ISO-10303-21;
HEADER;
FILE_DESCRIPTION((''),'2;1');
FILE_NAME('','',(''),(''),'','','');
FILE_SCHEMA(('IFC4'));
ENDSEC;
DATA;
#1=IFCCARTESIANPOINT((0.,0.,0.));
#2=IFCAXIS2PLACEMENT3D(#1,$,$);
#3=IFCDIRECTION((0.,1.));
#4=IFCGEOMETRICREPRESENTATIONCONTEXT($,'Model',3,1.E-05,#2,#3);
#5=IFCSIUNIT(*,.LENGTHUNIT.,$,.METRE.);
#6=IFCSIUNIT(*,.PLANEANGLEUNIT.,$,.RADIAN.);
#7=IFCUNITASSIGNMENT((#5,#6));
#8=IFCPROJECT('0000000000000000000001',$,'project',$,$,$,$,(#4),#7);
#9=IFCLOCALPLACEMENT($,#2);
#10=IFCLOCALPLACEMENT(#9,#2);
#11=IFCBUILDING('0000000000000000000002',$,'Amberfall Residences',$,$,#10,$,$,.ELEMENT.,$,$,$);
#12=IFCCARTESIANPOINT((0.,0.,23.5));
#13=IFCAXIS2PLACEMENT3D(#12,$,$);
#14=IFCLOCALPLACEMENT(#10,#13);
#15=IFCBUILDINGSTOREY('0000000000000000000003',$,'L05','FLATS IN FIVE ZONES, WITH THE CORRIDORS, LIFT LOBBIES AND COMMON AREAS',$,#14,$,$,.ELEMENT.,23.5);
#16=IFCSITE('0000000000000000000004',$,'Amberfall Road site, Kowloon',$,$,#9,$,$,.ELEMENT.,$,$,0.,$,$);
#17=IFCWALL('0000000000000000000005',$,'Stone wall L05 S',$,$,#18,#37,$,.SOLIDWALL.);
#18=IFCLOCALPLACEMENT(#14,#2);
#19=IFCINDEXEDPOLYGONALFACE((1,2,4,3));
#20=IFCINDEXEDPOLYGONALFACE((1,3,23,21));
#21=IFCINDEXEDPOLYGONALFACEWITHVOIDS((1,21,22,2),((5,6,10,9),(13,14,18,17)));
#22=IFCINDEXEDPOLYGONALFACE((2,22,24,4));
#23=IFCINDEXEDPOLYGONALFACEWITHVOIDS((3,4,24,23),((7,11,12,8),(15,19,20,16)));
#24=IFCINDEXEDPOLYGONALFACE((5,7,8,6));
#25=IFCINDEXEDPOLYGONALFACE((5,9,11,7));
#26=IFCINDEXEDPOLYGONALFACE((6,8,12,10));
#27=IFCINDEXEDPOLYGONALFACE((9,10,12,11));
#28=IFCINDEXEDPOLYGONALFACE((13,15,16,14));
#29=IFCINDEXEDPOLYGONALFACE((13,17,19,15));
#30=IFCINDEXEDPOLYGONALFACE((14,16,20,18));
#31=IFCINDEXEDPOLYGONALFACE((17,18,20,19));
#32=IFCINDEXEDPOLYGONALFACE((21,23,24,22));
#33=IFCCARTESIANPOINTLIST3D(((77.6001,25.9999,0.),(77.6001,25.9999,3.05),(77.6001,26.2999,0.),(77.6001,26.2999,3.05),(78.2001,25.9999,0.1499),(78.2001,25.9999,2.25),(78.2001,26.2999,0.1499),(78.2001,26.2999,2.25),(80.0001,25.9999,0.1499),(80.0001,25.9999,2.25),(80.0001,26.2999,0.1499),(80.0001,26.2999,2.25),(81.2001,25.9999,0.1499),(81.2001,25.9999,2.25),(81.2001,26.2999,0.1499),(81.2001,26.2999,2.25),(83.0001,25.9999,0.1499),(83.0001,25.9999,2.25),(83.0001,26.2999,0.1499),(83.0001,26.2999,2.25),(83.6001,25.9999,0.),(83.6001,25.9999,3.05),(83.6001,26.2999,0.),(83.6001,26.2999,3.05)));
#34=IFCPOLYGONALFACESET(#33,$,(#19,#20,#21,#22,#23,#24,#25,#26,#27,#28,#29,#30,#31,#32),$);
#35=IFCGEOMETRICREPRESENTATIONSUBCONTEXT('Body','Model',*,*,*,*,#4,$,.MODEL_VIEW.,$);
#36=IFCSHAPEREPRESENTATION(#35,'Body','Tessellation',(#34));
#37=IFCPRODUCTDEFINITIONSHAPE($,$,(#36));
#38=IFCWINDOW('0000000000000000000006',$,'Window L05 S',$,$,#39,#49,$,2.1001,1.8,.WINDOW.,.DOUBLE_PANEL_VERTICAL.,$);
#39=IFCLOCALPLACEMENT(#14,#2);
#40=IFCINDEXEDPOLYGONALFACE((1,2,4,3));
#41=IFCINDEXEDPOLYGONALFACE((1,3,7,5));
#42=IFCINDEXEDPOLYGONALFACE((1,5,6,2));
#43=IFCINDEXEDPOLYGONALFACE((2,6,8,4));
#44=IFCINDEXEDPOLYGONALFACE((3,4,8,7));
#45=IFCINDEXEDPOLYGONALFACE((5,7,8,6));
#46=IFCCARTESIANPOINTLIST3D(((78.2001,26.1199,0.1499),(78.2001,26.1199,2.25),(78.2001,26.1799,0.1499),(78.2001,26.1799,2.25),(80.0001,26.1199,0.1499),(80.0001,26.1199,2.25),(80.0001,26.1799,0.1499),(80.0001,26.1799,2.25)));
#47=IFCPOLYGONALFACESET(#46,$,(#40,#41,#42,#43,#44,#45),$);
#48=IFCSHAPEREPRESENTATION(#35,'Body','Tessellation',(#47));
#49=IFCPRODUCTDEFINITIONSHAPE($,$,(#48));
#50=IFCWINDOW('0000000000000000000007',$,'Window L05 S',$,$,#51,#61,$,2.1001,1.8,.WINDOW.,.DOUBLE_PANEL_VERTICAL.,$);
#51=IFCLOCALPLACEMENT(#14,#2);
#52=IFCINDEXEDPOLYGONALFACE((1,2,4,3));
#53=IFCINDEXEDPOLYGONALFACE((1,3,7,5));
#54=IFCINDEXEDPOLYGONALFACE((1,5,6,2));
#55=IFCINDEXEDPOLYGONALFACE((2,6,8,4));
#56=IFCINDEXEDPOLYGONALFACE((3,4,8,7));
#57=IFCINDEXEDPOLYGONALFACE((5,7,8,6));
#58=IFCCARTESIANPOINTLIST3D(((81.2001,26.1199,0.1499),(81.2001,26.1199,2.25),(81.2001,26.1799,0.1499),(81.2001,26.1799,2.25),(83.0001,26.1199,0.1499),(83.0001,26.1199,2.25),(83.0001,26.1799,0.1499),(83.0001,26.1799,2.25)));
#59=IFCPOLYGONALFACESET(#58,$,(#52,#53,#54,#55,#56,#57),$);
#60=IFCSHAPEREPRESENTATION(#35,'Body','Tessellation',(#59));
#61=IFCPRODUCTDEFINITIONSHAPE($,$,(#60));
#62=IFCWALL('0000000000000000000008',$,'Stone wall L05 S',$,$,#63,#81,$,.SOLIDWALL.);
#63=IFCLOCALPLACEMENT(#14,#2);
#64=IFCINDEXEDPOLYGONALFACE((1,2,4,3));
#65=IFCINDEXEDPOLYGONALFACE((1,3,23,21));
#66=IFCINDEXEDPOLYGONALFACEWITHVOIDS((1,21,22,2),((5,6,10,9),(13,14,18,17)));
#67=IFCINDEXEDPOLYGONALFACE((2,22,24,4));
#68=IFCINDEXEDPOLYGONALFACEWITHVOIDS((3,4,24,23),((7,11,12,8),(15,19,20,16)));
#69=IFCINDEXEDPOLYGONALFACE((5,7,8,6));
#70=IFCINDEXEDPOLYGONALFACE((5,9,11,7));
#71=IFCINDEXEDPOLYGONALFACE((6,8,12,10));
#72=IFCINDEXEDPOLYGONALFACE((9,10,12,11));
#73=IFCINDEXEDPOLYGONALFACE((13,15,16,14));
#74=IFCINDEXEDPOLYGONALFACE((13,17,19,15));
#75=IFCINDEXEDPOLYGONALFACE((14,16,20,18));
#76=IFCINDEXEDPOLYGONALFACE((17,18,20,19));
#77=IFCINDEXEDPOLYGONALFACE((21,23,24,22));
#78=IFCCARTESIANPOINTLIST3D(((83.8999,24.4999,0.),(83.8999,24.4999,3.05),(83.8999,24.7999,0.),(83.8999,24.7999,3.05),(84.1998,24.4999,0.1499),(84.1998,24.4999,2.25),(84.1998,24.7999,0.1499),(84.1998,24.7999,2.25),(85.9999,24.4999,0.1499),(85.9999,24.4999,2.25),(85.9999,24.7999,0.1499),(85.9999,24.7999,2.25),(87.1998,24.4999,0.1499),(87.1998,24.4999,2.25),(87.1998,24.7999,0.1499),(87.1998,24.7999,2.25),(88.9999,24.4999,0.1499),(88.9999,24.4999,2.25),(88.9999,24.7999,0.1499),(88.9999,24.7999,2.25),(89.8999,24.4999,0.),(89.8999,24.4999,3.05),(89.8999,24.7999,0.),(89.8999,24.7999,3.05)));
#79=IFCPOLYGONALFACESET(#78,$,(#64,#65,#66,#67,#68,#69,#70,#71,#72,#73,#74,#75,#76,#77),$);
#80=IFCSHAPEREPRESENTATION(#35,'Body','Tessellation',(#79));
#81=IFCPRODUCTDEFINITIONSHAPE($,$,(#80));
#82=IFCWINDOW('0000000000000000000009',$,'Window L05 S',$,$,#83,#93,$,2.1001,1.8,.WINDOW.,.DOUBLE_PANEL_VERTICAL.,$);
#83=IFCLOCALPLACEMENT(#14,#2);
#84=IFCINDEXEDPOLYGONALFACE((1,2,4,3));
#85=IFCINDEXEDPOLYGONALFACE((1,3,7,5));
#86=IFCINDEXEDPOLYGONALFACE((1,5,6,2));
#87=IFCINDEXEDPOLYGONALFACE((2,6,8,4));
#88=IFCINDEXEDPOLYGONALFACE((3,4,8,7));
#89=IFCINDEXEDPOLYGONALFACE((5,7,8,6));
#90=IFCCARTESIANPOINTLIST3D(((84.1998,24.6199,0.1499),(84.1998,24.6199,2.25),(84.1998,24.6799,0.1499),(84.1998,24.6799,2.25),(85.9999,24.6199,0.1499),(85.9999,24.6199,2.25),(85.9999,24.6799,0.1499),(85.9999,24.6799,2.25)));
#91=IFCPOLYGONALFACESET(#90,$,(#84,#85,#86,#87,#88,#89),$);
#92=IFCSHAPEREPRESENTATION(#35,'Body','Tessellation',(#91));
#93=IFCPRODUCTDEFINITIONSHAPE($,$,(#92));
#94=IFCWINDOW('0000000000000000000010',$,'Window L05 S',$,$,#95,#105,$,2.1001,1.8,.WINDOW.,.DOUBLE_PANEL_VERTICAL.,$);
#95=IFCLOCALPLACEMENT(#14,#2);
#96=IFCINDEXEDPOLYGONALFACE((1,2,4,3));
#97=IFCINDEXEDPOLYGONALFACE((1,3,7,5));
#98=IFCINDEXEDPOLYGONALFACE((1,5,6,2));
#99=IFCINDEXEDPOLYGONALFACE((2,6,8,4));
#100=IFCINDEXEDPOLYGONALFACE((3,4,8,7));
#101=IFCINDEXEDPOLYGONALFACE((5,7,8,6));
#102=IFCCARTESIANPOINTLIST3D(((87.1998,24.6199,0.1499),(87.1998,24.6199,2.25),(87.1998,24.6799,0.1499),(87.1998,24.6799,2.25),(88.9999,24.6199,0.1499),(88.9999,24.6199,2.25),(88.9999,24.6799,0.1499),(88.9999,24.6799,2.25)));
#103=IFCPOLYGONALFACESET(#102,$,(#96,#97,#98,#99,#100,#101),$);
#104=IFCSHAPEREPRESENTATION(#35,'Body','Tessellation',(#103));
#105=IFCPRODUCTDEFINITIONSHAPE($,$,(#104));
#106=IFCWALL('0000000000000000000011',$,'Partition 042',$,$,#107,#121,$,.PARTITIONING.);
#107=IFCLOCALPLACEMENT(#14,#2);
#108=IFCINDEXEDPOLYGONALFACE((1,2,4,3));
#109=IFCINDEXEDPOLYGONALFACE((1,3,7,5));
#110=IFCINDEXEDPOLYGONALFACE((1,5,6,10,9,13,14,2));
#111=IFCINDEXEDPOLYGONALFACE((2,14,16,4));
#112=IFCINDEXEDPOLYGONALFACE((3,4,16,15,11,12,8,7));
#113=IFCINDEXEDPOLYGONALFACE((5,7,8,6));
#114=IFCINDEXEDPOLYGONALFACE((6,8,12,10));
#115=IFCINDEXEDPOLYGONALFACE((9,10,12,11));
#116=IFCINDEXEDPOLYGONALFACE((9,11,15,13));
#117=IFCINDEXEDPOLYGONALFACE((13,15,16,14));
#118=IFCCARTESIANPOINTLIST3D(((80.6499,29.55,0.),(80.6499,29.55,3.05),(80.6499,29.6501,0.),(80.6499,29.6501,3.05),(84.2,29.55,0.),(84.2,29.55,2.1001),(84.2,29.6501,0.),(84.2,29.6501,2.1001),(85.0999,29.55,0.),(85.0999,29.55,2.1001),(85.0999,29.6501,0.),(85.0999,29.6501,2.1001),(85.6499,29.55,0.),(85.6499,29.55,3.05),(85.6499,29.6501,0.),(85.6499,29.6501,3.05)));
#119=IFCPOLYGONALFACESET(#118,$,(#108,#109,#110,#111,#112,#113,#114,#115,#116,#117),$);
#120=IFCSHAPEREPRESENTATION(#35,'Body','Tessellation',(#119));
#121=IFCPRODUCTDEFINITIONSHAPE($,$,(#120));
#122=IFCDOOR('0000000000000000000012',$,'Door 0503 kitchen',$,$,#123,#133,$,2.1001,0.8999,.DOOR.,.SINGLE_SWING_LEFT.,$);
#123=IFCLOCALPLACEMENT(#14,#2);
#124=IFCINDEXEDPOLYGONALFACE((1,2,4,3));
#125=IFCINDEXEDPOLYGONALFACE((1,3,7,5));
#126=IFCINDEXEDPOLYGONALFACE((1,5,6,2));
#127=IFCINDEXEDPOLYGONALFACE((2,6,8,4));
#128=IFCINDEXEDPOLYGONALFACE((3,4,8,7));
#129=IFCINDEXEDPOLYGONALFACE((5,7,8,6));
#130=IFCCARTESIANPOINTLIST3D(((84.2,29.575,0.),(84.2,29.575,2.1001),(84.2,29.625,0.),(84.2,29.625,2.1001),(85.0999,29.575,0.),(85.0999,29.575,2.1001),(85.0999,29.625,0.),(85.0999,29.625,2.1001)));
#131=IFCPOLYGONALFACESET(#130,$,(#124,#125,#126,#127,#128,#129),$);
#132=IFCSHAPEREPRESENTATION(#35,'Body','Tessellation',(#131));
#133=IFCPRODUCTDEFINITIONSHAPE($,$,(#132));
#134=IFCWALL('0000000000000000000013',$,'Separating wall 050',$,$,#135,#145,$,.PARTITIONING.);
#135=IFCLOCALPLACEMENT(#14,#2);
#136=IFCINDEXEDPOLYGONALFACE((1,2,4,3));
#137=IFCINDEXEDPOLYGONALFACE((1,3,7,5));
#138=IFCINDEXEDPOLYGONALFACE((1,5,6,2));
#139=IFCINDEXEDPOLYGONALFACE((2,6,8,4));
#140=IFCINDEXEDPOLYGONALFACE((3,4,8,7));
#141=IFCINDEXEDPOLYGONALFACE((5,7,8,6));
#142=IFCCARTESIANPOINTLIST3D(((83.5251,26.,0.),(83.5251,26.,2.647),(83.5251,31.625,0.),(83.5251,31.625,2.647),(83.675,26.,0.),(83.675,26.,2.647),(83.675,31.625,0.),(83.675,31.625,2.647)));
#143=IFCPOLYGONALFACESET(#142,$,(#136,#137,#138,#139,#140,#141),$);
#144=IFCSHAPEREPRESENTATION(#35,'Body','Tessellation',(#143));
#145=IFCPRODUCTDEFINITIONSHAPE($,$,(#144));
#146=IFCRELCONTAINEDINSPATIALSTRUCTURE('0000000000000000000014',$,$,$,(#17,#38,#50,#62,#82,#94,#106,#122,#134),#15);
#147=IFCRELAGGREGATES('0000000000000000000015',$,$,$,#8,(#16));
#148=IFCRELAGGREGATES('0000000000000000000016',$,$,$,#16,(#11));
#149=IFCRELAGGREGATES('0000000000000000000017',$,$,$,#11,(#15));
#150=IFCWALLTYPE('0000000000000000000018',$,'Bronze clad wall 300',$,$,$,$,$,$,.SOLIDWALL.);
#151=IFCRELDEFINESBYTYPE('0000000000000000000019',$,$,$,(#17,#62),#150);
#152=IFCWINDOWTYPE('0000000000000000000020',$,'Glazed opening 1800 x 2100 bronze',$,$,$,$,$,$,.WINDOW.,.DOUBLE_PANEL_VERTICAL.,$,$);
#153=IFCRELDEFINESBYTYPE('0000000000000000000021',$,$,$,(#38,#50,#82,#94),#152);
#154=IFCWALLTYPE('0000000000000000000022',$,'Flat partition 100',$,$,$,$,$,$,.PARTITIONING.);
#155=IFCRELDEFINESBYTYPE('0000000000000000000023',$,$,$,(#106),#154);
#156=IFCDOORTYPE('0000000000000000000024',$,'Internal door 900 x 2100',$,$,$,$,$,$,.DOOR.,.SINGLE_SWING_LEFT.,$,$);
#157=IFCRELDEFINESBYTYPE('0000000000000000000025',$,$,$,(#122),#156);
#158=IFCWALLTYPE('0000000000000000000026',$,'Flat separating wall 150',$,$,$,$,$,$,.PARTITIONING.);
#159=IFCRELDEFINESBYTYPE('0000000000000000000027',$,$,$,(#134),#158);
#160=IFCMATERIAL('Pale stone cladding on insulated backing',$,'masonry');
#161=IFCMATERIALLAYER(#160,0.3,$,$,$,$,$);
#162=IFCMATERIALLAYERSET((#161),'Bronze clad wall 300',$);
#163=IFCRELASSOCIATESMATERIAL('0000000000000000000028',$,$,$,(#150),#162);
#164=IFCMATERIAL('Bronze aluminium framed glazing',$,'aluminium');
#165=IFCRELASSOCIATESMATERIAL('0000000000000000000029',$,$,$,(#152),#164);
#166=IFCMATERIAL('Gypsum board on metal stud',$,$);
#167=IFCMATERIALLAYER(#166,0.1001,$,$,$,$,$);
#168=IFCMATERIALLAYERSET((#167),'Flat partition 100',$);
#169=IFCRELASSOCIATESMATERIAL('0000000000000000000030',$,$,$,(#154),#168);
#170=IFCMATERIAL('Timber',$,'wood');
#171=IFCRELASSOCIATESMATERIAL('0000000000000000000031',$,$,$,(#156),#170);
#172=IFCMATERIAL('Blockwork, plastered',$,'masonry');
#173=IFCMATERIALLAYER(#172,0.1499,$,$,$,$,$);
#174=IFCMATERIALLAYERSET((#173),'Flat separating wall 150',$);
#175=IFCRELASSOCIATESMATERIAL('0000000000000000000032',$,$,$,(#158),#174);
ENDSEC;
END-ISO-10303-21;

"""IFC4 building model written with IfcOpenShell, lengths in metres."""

from ifc_helpers import new_model, si_unit, direction, frame, frame_2d, origin, place, context, subcontext, project, spatial, rectangle, extrude, material, layer, layer_set, type_object, element, fill, save


model = new_model("IFC4")

# Units and contexts
model_context = context("Model", 3, precision=1e-05, world=origin(), true_north=direction((0.0, 1.0)))
body_context = subcontext(model_context, "Body", "Model", "MODEL_VIEW")
ifc_project = project(units=[si_unit("LENGTHUNIT", "METRE"), si_unit("PLANEANGLEUNIT", "RADIAN")], contexts=[model_context])

# Site, building, storey
site_placement = place(None, origin())
site = spatial("IfcSite", under=ifc_project, at=site_placement, Name="Amberfall Road site, Kowloon", CompositionType="ELEMENT", RefElevation=0.0)
building_placement = place(site_placement, origin())
building = spatial("IfcBuilding", under=site, at=building_placement, Name="Amberfall Residences", CompositionType="ELEMENT")
storey_placement = place(building_placement, frame((0.0, 0.0, 23.5)))
storey = spatial("IfcBuildingStorey", under=building, at=storey_placement, Name="L05", Description="FLATS IN FIVE ZONES, WITH THE CORRIDORS, LIFT LOBBIES AND COMMON AREAS", CompositionType="ELEMENT", Elevation=23.5)

# Shared definitions
ifc_material_1 = material(Name="Pale stone cladding on insulated backing", Category="masonry")
ifc_layer_1 = layer(ifc_material_1, 0.3)
ifc_layer_set_1 = layer_set([ifc_layer_1], Name="Bronze clad wall 300")
wall_type_1 = type_object("IfcWallType", Name="Bronze clad wall 300", PredefinedType="SOLIDWALL", material=ifc_layer_set_1)
ifc_material_2 = material(Name="Bronze aluminium framed glazing", Category="aluminium")

# Walls, openings, windows
wall_1_placement = place(storey_placement, frame((77.6001, 26.1499, 0.0), z_axis=(0.0, 0.0, 1.0), x_axis=(1.0, 0.0, 0.0)))
wall_1 = element("IfcWall", 1, at=wall_1_placement, inside=storey, type_object=wall_type_1, Name="Stone wall L05 S", PredefinedType="SOLIDWALL", context=body_context, shape_type="SweptSolid", body=[
    extrude(rectangle(XDim=6.0, YDim=0.3, at=frame_2d((3.0, 0.0))), origin(), (0.0, 0.0, 1.0), 3.05),
])
opening_1_placement = place(wall_1_placement, frame((0.6001, 0.0, 0.1499)))
opening_1 = element("IfcOpeningElement", 2, at=opening_1_placement, cuts=wall_1, PredefinedType="OPENING", context=body_context, shape_type="SweptSolid", body=[
    extrude(rectangle(XDim=1.8, YDim=2.1001, at=frame_2d((0.8999, 1.05))), frame((0.0, 0.1599, 0.0), z_axis=(0.0, -1.0, 0.0), x_axis=(1.0, 0.0, 0.0)), (0.0, 0.0, 1.0), 0.3201),
])
opening_2_placement = place(wall_1_placement, frame((3.6001, 0.0, 0.1499)))
opening_2 = element("IfcOpeningElement", 3, at=opening_2_placement, cuts=wall_1, PredefinedType="OPENING", context=body_context, shape_type="SweptSolid", body=[
    extrude(rectangle(XDim=1.8, YDim=2.1001, at=frame_2d((0.8999, 1.05))), frame((0.0, 0.1599, 0.0), z_axis=(0.0, -1.0, 0.0), x_axis=(1.0, 0.0, 0.0)), (0.0, 0.0, 1.0), 0.3201),
])
window_type_1 = type_object("IfcWindowType", Name="Glazed opening 1800 x 2100 bronze", PartitioningType="DOUBLE_PANEL_VERTICAL", PredefinedType="WINDOW", material=ifc_material_2)
window_1_placement = place(opening_1_placement, origin())
window_1 = element("IfcWindow", 4, at=window_1_placement, inside=storey, type_object=window_type_1, Name="Window L05 S", OverallHeight=2.1001, OverallWidth=1.8, PartitioningType="DOUBLE_PANEL_VERTICAL", PredefinedType="WINDOW", context=body_context, shape_type="SweptSolid", body=[
    extrude(rectangle(XDim=1.8, YDim=2.1001, at=frame_2d((0.8999, 1.05))), frame((0.0, 0.03, 0.0), z_axis=(0.0, -1.0, 0.0), x_axis=(1.0, 0.0, 0.0)), (0.0, 0.0, 1.0), 0.0601),
])
fill(opening_1, window_1)
window_2_placement = place(opening_2_placement, origin())
window_2 = element("IfcWindow", 5, at=window_2_placement, inside=storey, type_object=window_type_1, Name="Window L05 S", OverallHeight=2.1001, OverallWidth=1.8, PartitioningType="DOUBLE_PANEL_VERTICAL", PredefinedType="WINDOW", context=body_context, shape_type="SweptSolid", body=[
    extrude(rectangle(XDim=1.8, YDim=2.1001, at=frame_2d((0.8999, 1.05))), frame((0.0, 0.03, 0.0), z_axis=(0.0, -1.0, 0.0), x_axis=(1.0, 0.0, 0.0)), (0.0, 0.0, 1.0), 0.0601),
])
fill(opening_2, window_2)
wall_2_placement = place(storey_placement, frame((83.8999, 24.6499, 0.0), z_axis=(0.0, 0.0, 1.0), x_axis=(1.0, 0.0, 0.0)))
wall_2 = element("IfcWall", 6, at=wall_2_placement, inside=storey, type_object=wall_type_1, Name="Stone wall L05 S", PredefinedType="SOLIDWALL", context=body_context, shape_type="SweptSolid", body=[
    extrude(rectangle(XDim=6.0, YDim=0.3, at=frame_2d((3.0, 0.0))), origin(), (0.0, 0.0, 1.0), 3.05),
])
opening_3_placement = place(wall_2_placement, frame((0.3, 0.0, 0.1499)))
opening_3 = element("IfcOpeningElement", 7, at=opening_3_placement, cuts=wall_2, PredefinedType="OPENING", context=body_context, shape_type="SweptSolid", body=[
    extrude(rectangle(XDim=1.8, YDim=2.1001, at=frame_2d((0.8999, 1.05))), frame((0.0, 0.1599, 0.0), z_axis=(0.0, -1.0, 0.0), x_axis=(1.0, 0.0, 0.0)), (0.0, 0.0, 1.0), 0.3201),
])
opening_4_placement = place(wall_2_placement, frame((3.3, 0.0, 0.1499)))
opening_4 = element("IfcOpeningElement", 8, at=opening_4_placement, cuts=wall_2, PredefinedType="OPENING", context=body_context, shape_type="SweptSolid", body=[
    extrude(rectangle(XDim=1.8, YDim=2.1001, at=frame_2d((0.8999, 1.05))), frame((0.0, 0.1599, 0.0), z_axis=(0.0, -1.0, 0.0), x_axis=(1.0, 0.0, 0.0)), (0.0, 0.0, 1.0), 0.3201),
])
window_3_placement = place(opening_3_placement, origin())
window_3 = element("IfcWindow", 9, at=window_3_placement, inside=storey, type_object=window_type_1, Name="Window L05 S", OverallHeight=2.1001, OverallWidth=1.8, PartitioningType="DOUBLE_PANEL_VERTICAL", PredefinedType="WINDOW", context=body_context, shape_type="SweptSolid", body=[
    extrude(rectangle(XDim=1.8, YDim=2.1001, at=frame_2d((0.8999, 1.05))), frame((0.0, 0.03, 0.0), z_axis=(0.0, -1.0, 0.0), x_axis=(1.0, 0.0, 0.0)), (0.0, 0.0, 1.0), 0.0601),
])
fill(opening_3, window_3)
window_4_placement = place(opening_4_placement, origin())
window_4 = element("IfcWindow", 10, at=window_4_placement, inside=storey, type_object=window_type_1, Name="Window L05 S", OverallHeight=2.1001, OverallWidth=1.8, PartitioningType="DOUBLE_PANEL_VERTICAL", PredefinedType="WINDOW", context=body_context, shape_type="SweptSolid", body=[
    extrude(rectangle(XDim=1.8, YDim=2.1001, at=frame_2d((0.8999, 1.05))), frame((0.0, 0.03, 0.0), z_axis=(0.0, -1.0, 0.0), x_axis=(1.0, 0.0, 0.0)), (0.0, 0.0, 1.0), 0.0601),
])
fill(opening_4, window_4)

# Wall, opening, door
ifc_material_3 = material(Name="Gypsum board on metal stud")
ifc_layer_2 = layer(ifc_material_3, 0.1001)
ifc_layer_set_2 = layer_set([ifc_layer_2], Name="Flat partition 100")
wall_type_2 = type_object("IfcWallType", Name="Flat partition 100", PredefinedType="PARTITIONING", material=ifc_layer_set_2)
wall_3_placement = place(storey_placement, frame((80.6499, 29.6001, 0.0), z_axis=(0.0, 0.0, 1.0), x_axis=(1.0, 0.0, 0.0)))
wall_3 = element("IfcWall", 11, at=wall_3_placement, inside=storey, type_object=wall_type_2, Name="Partition 042", PredefinedType="PARTITIONING", context=body_context, shape_type="SweptSolid", body=[
    extrude(rectangle(XDim=5.0, YDim=0.1001, at=frame_2d((2.5, 0.0))), origin(), (0.0, 0.0, 1.0), 3.05),
])
opening_5_placement = place(wall_3_placement, frame((3.55, 0.0, 0.0)))
opening_5 = element("IfcOpeningElement", 12, at=opening_5_placement, cuts=wall_3, PredefinedType="OPENING", context=body_context, shape_type="SweptSolid", body=[
    extrude(rectangle(XDim=0.8999, YDim=2.1001, at=frame_2d((0.45, 1.05))), frame((0.0, 0.0601, 0.0), z_axis=(0.0, -1.0, 0.0), x_axis=(1.0, 0.0, 0.0)), (0.0, 0.0, 1.0), 0.1201),
])
ifc_material_4 = material(Name="Timber", Category="wood")
door_type = type_object("IfcDoorType", Name="Internal door 900 x 2100", OperationType="SINGLE_SWING_LEFT", PredefinedType="DOOR", material=ifc_material_4)
door_placement = place(opening_5_placement, origin())
door = element("IfcDoor", 13, at=door_placement, inside=storey, type_object=door_type, Name="Door 0503 kitchen", OperationType="SINGLE_SWING_LEFT", OverallHeight=2.1001, OverallWidth=0.8999, PredefinedType="DOOR", context=body_context, shape_type="SweptSolid", body=[
    extrude(rectangle(XDim=0.8999, YDim=2.1001, at=frame_2d((0.45, 1.05))), frame((0.0, 0.0249, 0.0), z_axis=(0.0, -1.0, 0.0), x_axis=(1.0, 0.0, 0.0)), (0.0, 0.0, 1.0), 0.05),
])
fill(opening_5, door)

# Wall
ifc_material_5 = material(Name="Blockwork, plastered", Category="masonry")
ifc_layer_3 = layer(ifc_material_5, 0.1499)
ifc_layer_set_3 = layer_set([ifc_layer_3], Name="Flat separating wall 150")
wall_type_3 = type_object("IfcWallType", Name="Flat separating wall 150", PredefinedType="PARTITIONING", material=ifc_layer_set_3)
wall_4_placement = place(storey_placement, frame((83.6001, 26.0, 0.0), z_axis=(0.0, 0.0, 1.0), x_axis=(0.0, 1.0, 0.0)))
element("IfcWall", 14, at=wall_4_placement, inside=storey, type_object=wall_type_3, Name="Separating wall 050", PredefinedType="PARTITIONING", context=body_context, shape_type="SweptSolid", body=[
    extrude(rectangle(XDim=5.625, YDim=0.1499, at=frame_2d((2.8125, 0.0))), origin(), (0.0, 0.0, 1.0), 2.647),
])

save(model, "model.ifc")
